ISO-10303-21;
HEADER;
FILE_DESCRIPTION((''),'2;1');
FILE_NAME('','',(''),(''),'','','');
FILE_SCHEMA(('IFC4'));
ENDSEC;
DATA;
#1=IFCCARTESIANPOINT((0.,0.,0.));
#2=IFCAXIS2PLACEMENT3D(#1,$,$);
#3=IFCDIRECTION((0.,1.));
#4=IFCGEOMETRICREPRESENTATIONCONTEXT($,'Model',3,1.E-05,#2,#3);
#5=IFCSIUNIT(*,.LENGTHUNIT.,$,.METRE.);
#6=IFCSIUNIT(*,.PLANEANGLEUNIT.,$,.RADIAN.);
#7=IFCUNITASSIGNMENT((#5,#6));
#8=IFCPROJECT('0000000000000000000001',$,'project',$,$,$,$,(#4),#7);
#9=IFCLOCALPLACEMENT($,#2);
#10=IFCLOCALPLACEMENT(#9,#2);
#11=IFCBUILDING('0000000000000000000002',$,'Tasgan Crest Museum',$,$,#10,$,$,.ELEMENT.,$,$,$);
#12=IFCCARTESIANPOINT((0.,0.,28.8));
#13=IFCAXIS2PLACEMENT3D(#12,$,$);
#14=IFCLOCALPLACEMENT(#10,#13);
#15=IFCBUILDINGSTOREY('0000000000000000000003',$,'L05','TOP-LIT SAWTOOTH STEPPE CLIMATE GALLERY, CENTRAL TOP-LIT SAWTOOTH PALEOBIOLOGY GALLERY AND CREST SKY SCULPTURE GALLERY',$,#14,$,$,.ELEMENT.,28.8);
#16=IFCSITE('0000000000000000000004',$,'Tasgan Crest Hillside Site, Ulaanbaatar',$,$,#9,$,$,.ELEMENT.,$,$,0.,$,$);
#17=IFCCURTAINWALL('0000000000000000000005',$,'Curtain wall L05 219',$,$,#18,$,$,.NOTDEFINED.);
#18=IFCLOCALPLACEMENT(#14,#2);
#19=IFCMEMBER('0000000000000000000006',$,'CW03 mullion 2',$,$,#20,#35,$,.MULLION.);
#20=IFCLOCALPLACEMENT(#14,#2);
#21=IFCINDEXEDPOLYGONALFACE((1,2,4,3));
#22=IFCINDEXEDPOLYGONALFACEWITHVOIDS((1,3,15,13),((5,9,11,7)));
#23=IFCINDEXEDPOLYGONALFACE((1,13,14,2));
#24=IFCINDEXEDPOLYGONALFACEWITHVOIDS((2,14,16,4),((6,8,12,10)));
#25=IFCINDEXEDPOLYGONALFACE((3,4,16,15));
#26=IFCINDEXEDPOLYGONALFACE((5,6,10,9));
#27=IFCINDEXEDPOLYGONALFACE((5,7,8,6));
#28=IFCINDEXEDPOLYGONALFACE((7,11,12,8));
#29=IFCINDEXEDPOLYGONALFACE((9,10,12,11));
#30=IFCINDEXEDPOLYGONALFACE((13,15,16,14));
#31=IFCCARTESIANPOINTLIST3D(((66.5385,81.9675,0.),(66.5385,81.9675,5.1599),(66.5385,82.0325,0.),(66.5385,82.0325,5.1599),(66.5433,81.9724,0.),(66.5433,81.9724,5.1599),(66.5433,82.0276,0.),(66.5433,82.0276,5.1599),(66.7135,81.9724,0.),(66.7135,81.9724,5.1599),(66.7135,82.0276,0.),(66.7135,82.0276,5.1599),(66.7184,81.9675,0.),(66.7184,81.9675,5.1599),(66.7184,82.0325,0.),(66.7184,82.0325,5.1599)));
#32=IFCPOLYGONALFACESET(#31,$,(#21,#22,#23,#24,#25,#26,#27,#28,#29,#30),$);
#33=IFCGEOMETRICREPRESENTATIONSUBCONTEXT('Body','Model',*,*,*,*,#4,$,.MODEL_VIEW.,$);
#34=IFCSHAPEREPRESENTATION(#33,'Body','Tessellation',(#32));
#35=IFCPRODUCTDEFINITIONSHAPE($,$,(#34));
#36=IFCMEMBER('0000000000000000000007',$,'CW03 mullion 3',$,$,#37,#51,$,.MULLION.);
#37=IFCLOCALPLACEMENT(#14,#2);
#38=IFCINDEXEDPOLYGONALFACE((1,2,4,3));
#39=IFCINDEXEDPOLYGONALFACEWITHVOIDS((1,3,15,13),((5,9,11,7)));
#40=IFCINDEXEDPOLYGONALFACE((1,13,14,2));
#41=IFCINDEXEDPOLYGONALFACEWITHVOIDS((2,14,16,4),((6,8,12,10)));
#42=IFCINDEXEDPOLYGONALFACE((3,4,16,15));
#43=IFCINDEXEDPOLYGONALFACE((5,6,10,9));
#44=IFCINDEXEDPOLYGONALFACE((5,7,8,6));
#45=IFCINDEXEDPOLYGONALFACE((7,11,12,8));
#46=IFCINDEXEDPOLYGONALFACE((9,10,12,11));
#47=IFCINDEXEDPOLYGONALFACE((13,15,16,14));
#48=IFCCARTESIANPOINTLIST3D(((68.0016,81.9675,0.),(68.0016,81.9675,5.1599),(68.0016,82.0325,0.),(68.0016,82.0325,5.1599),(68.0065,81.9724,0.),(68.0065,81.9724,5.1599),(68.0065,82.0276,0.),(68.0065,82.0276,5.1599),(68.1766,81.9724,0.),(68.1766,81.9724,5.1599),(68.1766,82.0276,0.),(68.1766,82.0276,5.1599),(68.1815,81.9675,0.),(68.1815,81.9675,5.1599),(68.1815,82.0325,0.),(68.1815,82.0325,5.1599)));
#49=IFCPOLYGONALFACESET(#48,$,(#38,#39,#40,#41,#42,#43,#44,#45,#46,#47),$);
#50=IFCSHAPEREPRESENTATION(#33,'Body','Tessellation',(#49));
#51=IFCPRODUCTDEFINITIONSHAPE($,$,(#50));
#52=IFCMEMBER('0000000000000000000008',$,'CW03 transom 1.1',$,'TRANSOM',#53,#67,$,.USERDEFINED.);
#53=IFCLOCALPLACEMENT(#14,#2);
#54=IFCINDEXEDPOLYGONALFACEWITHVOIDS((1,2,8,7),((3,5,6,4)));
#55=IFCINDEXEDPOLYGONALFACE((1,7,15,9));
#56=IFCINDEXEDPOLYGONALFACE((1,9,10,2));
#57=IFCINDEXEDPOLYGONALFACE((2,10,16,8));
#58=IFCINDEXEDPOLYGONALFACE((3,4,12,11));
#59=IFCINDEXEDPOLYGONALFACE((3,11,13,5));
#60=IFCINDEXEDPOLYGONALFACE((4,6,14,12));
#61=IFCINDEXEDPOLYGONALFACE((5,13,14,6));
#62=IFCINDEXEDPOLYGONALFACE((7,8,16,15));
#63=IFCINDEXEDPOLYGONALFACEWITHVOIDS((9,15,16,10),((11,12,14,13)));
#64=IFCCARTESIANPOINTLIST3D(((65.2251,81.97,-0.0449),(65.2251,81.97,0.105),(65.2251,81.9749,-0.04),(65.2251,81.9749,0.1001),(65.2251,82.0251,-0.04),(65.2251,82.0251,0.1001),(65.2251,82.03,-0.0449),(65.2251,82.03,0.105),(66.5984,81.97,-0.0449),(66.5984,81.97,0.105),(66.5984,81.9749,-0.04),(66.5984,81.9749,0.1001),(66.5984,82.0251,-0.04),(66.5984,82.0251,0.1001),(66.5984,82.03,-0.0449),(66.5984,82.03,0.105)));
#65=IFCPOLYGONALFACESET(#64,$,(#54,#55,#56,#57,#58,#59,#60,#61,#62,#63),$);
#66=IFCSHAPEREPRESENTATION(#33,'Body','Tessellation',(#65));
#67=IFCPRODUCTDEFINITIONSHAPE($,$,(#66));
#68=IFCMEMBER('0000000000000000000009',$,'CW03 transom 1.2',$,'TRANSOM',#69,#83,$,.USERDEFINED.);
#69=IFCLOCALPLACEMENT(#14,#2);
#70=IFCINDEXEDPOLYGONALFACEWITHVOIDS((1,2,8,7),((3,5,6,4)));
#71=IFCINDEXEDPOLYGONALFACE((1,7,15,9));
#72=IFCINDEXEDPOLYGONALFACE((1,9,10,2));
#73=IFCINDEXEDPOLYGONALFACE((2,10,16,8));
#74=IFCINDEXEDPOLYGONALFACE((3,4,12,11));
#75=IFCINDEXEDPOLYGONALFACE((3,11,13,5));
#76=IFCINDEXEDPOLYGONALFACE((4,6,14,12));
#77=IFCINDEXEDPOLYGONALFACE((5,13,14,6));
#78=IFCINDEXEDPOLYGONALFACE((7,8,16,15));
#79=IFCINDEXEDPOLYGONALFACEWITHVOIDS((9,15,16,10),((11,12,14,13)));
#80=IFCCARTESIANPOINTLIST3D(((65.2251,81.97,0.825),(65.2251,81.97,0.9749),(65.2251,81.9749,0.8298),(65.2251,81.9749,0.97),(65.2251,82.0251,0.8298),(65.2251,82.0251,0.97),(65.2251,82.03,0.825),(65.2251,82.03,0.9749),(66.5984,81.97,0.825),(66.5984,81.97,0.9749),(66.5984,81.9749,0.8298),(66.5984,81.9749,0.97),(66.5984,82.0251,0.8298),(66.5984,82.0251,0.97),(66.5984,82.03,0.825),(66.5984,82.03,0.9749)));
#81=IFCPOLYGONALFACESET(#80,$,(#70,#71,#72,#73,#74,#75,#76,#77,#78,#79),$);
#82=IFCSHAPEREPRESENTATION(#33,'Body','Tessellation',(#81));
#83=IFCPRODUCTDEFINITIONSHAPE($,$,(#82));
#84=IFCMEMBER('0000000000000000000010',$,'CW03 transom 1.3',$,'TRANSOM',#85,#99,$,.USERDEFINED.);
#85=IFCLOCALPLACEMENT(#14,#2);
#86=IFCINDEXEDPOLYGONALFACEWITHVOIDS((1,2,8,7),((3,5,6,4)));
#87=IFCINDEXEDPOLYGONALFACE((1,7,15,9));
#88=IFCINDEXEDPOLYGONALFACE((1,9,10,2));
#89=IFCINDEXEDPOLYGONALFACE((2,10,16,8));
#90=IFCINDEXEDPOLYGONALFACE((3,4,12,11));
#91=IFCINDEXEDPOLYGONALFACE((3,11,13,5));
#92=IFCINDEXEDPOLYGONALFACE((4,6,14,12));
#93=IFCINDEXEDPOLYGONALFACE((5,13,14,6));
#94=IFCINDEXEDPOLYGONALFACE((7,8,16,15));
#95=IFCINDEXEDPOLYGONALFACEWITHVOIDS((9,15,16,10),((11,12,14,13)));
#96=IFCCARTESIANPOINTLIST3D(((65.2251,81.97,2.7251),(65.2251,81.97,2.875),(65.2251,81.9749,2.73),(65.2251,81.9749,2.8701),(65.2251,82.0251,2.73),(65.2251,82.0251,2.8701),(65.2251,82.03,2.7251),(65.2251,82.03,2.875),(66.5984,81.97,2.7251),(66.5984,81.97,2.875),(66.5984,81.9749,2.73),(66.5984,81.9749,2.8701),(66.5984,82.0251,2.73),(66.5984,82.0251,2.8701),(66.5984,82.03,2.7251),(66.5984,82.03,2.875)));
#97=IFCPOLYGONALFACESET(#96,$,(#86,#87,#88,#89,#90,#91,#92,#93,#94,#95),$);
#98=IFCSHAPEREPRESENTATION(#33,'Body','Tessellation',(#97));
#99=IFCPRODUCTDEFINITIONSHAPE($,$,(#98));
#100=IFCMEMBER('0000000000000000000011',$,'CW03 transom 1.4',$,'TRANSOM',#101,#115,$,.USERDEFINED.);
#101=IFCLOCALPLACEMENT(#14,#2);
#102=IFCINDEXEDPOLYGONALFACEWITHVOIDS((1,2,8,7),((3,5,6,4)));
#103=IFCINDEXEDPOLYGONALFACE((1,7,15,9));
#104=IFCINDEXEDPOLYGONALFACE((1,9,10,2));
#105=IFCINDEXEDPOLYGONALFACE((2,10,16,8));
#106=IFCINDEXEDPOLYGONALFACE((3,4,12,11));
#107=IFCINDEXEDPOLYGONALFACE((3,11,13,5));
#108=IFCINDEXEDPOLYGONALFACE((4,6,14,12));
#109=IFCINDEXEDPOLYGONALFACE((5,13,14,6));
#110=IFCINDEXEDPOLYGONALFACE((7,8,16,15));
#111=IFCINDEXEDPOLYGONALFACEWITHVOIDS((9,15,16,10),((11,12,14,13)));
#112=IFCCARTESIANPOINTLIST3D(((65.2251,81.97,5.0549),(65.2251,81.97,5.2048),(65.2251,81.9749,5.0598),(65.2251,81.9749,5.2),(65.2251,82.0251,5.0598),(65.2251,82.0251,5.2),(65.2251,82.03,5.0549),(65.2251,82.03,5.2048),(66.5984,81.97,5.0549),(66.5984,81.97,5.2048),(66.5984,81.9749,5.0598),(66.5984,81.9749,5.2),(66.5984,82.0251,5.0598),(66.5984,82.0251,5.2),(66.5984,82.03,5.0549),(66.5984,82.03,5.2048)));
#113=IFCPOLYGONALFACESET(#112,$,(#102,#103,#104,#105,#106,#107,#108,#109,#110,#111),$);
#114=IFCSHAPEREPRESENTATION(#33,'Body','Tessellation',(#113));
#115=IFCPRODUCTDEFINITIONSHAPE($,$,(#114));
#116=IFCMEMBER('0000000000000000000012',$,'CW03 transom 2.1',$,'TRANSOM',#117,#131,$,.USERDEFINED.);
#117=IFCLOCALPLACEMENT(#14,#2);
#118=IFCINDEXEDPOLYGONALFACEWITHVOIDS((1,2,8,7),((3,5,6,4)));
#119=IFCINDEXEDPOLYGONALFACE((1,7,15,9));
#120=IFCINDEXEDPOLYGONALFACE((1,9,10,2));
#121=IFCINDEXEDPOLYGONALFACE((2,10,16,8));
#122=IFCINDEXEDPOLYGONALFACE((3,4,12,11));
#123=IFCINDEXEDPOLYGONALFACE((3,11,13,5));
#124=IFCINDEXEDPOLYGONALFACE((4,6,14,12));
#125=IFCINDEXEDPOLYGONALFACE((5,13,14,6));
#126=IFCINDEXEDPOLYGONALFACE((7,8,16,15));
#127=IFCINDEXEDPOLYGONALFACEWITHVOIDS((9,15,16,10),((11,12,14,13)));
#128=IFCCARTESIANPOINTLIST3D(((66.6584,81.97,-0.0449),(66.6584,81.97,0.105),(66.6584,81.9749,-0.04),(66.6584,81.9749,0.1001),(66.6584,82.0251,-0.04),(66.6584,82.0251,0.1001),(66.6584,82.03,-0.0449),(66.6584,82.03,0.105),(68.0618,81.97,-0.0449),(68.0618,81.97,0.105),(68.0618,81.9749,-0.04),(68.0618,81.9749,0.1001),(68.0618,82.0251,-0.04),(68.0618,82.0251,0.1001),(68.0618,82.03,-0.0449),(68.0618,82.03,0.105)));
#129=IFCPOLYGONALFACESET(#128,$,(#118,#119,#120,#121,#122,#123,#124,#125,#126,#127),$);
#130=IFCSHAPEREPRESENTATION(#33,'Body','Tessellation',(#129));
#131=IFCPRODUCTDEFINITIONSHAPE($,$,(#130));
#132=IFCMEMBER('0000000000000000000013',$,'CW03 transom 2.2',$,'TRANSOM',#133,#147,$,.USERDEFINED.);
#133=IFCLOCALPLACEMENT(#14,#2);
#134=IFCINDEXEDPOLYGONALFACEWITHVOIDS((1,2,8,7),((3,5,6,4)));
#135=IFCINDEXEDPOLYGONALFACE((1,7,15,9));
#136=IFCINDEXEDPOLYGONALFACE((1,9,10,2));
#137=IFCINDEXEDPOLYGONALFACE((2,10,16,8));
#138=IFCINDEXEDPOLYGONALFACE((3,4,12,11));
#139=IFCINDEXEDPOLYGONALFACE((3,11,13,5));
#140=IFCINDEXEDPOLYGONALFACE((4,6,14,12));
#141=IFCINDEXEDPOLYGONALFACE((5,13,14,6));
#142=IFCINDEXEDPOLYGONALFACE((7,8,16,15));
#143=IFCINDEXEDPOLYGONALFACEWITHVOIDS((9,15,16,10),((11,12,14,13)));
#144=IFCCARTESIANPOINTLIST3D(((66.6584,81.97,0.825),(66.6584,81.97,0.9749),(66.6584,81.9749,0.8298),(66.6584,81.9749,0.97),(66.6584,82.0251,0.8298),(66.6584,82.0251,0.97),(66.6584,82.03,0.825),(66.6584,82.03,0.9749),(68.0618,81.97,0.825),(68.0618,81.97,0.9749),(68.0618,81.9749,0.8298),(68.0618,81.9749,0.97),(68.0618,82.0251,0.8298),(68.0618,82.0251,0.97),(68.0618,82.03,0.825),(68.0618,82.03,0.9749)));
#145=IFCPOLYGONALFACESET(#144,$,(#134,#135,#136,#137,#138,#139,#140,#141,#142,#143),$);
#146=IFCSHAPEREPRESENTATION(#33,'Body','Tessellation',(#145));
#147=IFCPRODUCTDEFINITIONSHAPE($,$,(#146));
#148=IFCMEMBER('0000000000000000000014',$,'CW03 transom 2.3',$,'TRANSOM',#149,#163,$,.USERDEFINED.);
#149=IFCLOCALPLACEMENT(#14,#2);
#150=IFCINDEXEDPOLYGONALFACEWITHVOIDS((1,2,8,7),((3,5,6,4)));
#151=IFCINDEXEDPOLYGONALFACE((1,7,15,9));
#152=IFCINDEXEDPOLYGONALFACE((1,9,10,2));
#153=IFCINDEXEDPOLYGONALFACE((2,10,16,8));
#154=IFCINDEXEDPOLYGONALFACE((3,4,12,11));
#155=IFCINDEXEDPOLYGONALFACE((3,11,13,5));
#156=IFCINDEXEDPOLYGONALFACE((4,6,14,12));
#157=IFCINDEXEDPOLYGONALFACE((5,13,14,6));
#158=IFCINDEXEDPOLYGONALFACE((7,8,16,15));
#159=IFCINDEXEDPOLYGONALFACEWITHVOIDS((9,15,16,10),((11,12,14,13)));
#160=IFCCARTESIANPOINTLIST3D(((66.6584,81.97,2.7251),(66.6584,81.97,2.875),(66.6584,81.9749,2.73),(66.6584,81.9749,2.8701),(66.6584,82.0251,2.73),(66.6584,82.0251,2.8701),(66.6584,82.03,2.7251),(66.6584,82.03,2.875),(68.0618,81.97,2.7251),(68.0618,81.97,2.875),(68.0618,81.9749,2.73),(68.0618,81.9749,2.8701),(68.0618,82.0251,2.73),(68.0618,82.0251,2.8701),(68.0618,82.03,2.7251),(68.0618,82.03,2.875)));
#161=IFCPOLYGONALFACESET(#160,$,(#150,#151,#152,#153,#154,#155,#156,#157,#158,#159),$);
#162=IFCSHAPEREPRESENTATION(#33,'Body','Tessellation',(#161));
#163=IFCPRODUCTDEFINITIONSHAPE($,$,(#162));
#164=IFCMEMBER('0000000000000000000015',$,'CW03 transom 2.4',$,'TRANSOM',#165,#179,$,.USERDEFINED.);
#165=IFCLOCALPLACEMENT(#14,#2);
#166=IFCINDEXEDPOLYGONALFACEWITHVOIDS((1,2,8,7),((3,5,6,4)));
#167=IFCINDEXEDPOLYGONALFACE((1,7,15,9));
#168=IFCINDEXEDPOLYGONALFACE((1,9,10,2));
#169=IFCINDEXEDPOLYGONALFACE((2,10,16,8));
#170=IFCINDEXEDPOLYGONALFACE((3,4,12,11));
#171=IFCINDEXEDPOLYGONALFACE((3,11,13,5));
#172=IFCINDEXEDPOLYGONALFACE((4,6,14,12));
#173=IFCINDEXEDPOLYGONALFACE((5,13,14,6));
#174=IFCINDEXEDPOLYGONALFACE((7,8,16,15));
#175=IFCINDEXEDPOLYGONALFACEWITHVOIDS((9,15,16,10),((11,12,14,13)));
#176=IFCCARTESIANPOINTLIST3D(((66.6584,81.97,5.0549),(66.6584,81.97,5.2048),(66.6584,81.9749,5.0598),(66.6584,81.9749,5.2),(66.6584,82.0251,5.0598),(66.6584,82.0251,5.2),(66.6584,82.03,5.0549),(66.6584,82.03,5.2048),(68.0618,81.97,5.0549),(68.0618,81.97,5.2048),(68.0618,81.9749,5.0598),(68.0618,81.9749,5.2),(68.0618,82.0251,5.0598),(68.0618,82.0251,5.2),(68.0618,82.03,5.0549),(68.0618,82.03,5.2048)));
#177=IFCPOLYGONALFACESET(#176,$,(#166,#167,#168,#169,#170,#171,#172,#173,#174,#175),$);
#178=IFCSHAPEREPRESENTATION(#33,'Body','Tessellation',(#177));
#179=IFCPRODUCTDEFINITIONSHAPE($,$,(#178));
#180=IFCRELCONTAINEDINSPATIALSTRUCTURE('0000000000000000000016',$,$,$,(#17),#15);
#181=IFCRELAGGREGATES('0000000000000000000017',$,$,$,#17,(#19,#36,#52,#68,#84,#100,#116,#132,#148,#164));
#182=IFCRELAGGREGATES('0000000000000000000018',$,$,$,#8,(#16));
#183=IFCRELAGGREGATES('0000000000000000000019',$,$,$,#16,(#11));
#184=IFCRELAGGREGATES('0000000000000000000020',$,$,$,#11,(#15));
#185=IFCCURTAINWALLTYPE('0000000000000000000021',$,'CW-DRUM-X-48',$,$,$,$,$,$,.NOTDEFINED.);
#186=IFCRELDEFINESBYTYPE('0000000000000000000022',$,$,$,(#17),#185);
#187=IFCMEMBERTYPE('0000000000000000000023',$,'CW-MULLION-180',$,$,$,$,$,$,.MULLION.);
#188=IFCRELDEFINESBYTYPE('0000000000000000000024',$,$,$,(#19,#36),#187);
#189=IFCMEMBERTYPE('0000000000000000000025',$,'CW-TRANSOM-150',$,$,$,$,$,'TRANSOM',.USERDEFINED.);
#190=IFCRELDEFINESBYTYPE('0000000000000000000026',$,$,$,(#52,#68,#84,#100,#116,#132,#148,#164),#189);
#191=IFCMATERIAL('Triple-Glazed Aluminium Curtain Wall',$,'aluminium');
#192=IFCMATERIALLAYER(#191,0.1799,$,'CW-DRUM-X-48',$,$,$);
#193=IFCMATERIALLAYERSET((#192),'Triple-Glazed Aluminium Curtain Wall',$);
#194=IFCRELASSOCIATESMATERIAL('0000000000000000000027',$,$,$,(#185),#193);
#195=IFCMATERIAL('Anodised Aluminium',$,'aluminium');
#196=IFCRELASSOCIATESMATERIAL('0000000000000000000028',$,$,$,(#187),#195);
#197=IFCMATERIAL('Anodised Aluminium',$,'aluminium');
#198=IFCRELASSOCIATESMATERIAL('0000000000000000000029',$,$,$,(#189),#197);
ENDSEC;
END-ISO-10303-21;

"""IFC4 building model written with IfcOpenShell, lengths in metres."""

from ifc_helpers import new_model, si_unit, direction, frame, origin, origin_2d, place, context, subcontext, project, spatial, hollow_rectangle, extrude, material, layer, layer_set, material_profile, profile_set, type_object, element, aggregate, save


model = new_model("IFC4")

# Units and contexts
model_context = context("Model", 3, precision=1e-05, world=origin(), true_north=direction((0.0, 1.0)))
body_context = subcontext(model_context, "Body", "Model", "MODEL_VIEW")
ifc_project = project(units=[si_unit("LENGTHUNIT", "METRE"), si_unit("PLANEANGLEUNIT", "RADIAN")], contexts=[model_context])

# Site, building, storey
site_placement = place(None, origin())
site = spatial("IfcSite", under=ifc_project, at=site_placement, Name="Tasgan Crest Hillside Site, Ulaanbaatar", CompositionType="ELEMENT", RefElevation=0.0)
building_placement = place(site_placement, origin())
building = spatial("IfcBuilding", under=site, at=building_placement, Name="Tasgan Crest Museum", CompositionType="ELEMENT")
storey_placement = place(building_placement, frame((0.0, 0.0, 28.8)))
storey = spatial("IfcBuildingStorey", under=building, at=storey_placement, Name="L05", Description="TOP-LIT SAWTOOTH STEPPE CLIMATE GALLERY, CENTRAL TOP-LIT SAWTOOTH PALEOBIOLOGY GALLERY AND CREST SKY SCULPTURE GALLERY", CompositionType="ELEMENT", Elevation=28.8)

# Curtain wall, members
ifc_material_1 = material(Name="Triple-Glazed Aluminium Curtain Wall", Category="aluminium")
ifc_layer_1 = layer(ifc_material_1, 0.1799, Name="CW-DRUM-X-48")
ifc_layer_set_1 = layer_set([ifc_layer_1], Name="Triple-Glazed Aluminium Curtain Wall")
curtain_wall_type = type_object("IfcCurtainWallType", Name="CW-DRUM-X-48", PredefinedType="NOTDEFINED", material=ifc_layer_set_1)
curtain_wall_placement = place(storey_placement, origin())
curtain_wall = element("IfcCurtainWall", 1, at=curtain_wall_placement, inside=storey, type_object=curtain_wall_type, Name="Curtain wall L05 219", PredefinedType="NOTDEFINED")
ifc_material_2 = material(Name="Anodised Aluminium", Category="aluminium")
ifc_material_profile_1 = material_profile(ifc_material_2, hollow_rectangle(XDim=0.0649, YDim=0.1799, WallThickness=0.0049, at=origin_2d()), Name="ALU MULLION 180x65x5")
ifc_profile_set_1 = profile_set([ifc_material_profile_1], Name="Anodised Aluminium")
member_type_1 = type_object("IfcMemberType", Name="CW-MULLION-180", PredefinedType="MULLION", material=ifc_profile_set_1)
member_1_placement = place(storey_placement, frame((66.6284, 82.0, 0.0), z_axis=(0.0, 0.0, 1.0), x_axis=(0.0, 1.0, 0.0)))
member_1 = element("IfcMember", 2, at=member_1_placement, type_object=member_type_1, Name="CW03 mullion 2", PredefinedType="MULLION", context=body_context, shape_type="SweptSolid", body=[
    extrude(hollow_rectangle(XDim=0.0649, YDim=0.1799, WallThickness=0.0049, at=origin_2d()), origin(), (0.0, 0.0, 1.0), 5.1599),
])
member_2_placement = place(storey_placement, frame((68.0916, 82.0, 0.0), z_axis=(0.0, 0.0, 1.0), x_axis=(0.0, 1.0, 0.0)))
member_2 = element("IfcMember", 3, at=member_2_placement, type_object=member_type_1, Name="CW03 mullion 3", PredefinedType="MULLION", context=body_context, shape_type="SweptSolid", body=[
    extrude(hollow_rectangle(XDim=0.0649, YDim=0.1799, WallThickness=0.0049, at=origin_2d()), origin(), (0.0, 0.0, 1.0), 5.1599),
])
ifc_material_3 = material(Name="Anodised Aluminium", Category="aluminium")
ifc_material_profile_2 = material_profile(ifc_material_3, hollow_rectangle(XDim=0.0601, YDim=0.1499, WallThickness=0.0049, at=origin_2d()), Name="ALU TRANSOM 150x60x5")
ifc_profile_set_2 = profile_set([ifc_material_profile_2], Name="Anodised Aluminium")
member_type_2 = type_object("IfcMemberType", Name="CW-TRANSOM-150", ElementType="TRANSOM", PredefinedType="USERDEFINED", material=ifc_profile_set_2)
member_3_placement = place(storey_placement, frame((65.2251, 82.0, 0.03), z_axis=(1.0, 0.0, 0.0), x_axis=(0.0, 1.0, 0.0)))
member_3 = element("IfcMember", 4, at=member_3_placement, type_object=member_type_2, Name="CW03 transom 1.1", ObjectType="TRANSOM", PredefinedType="USERDEFINED", context=body_context, shape_type="SweptSolid", body=[
    extrude(hollow_rectangle(XDim=0.0601, YDim=0.1499, WallThickness=0.0049, at=origin_2d()), origin(), (0.0, 0.0, 1.0), 1.3733),
])
member_4_placement = place(storey_placement, frame((65.2251, 82.0, 0.8999), z_axis=(1.0, 0.0, 0.0), x_axis=(0.0, 1.0, 0.0)))
member_4 = element("IfcMember", 5, at=member_4_placement, type_object=member_type_2, Name="CW03 transom 1.2", ObjectType="TRANSOM", PredefinedType="USERDEFINED", context=body_context, shape_type="SweptSolid", body=[
    extrude(hollow_rectangle(XDim=0.0601, YDim=0.1499, WallThickness=0.0049, at=origin_2d()), origin(), (0.0, 0.0, 1.0), 1.3733),
])
member_5_placement = place(storey_placement, frame((65.2251, 82.0, 2.8), z_axis=(1.0, 0.0, 0.0), x_axis=(0.0, 1.0, 0.0)))
member_5 = element("IfcMember", 6, at=member_5_placement, type_object=member_type_2, Name="CW03 transom 1.3", ObjectType="TRANSOM", PredefinedType="USERDEFINED", context=body_context, shape_type="SweptSolid", body=[
    extrude(hollow_rectangle(XDim=0.0601, YDim=0.1499, WallThickness=0.0049, at=origin_2d()), origin(), (0.0, 0.0, 1.0), 1.3733),
])
member_6_placement = place(storey_placement, frame((65.2251, 82.0, 5.1299), z_axis=(1.0, 0.0, 0.0), x_axis=(0.0, 1.0, 0.0)))
member_6 = element("IfcMember", 7, at=member_6_placement, type_object=member_type_2, Name="CW03 transom 1.4", ObjectType="TRANSOM", PredefinedType="USERDEFINED", context=body_context, shape_type="SweptSolid", body=[
    extrude(hollow_rectangle(XDim=0.0601, YDim=0.1499, WallThickness=0.0049, at=origin_2d()), origin(), (0.0, 0.0, 1.0), 1.3733),
])
member_7_placement = place(storey_placement, frame((66.6584, 82.0, 0.03), z_axis=(1.0, 0.0, 0.0), x_axis=(0.0, 1.0, 0.0)))
member_7 = element("IfcMember", 8, at=member_7_placement, type_object=member_type_2, Name="CW03 transom 2.1", ObjectType="TRANSOM", PredefinedType="USERDEFINED", context=body_context, shape_type="SweptSolid", body=[
    extrude(hollow_rectangle(XDim=0.0601, YDim=0.1499, WallThickness=0.0049, at=origin_2d()), origin(), (0.0, 0.0, 1.0), 1.4033),
])
member_8_placement = place(storey_placement, frame((66.6584, 82.0, 0.8999), z_axis=(1.0, 0.0, 0.0), x_axis=(0.0, 1.0, 0.0)))
member_8 = element("IfcMember", 9, at=member_8_placement, type_object=member_type_2, Name="CW03 transom 2.2", ObjectType="TRANSOM", PredefinedType="USERDEFINED", context=body_context, shape_type="SweptSolid", body=[
    extrude(hollow_rectangle(XDim=0.0601, YDim=0.1499, WallThickness=0.0049, at=origin_2d()), origin(), (0.0, 0.0, 1.0), 1.4033),
])
member_9_placement = place(storey_placement, frame((66.6584, 82.0, 2.8), z_axis=(1.0, 0.0, 0.0), x_axis=(0.0, 1.0, 0.0)))
member_9 = element("IfcMember", 10, at=member_9_placement, type_object=member_type_2, Name="CW03 transom 2.3", ObjectType="TRANSOM", PredefinedType="USERDEFINED", context=body_context, shape_type="SweptSolid", body=[
    extrude(hollow_rectangle(XDim=0.0601, YDim=0.1499, WallThickness=0.0049, at=origin_2d()), origin(), (0.0, 0.0, 1.0), 1.4033),
])
member_10_placement = place(storey_placement, frame((66.6584, 82.0, 5.1299), z_axis=(1.0, 0.0, 0.0), x_axis=(0.0, 1.0, 0.0)))
member_10 = element("IfcMember", 11, at=member_10_placement, type_object=member_type_2, Name="CW03 transom 2.4", ObjectType="TRANSOM", PredefinedType="USERDEFINED", context=body_context, shape_type="SweptSolid", body=[
    extrude(hollow_rectangle(XDim=0.0601, YDim=0.1499, WallThickness=0.0049, at=origin_2d()), origin(), (0.0, 0.0, 1.0), 1.4033),
])

aggregate(curtain_wall, [member_1, member_2, member_3, member_4, member_5, member_6, member_7, member_8, member_9, member_10])

save(model, "model.ifc")
